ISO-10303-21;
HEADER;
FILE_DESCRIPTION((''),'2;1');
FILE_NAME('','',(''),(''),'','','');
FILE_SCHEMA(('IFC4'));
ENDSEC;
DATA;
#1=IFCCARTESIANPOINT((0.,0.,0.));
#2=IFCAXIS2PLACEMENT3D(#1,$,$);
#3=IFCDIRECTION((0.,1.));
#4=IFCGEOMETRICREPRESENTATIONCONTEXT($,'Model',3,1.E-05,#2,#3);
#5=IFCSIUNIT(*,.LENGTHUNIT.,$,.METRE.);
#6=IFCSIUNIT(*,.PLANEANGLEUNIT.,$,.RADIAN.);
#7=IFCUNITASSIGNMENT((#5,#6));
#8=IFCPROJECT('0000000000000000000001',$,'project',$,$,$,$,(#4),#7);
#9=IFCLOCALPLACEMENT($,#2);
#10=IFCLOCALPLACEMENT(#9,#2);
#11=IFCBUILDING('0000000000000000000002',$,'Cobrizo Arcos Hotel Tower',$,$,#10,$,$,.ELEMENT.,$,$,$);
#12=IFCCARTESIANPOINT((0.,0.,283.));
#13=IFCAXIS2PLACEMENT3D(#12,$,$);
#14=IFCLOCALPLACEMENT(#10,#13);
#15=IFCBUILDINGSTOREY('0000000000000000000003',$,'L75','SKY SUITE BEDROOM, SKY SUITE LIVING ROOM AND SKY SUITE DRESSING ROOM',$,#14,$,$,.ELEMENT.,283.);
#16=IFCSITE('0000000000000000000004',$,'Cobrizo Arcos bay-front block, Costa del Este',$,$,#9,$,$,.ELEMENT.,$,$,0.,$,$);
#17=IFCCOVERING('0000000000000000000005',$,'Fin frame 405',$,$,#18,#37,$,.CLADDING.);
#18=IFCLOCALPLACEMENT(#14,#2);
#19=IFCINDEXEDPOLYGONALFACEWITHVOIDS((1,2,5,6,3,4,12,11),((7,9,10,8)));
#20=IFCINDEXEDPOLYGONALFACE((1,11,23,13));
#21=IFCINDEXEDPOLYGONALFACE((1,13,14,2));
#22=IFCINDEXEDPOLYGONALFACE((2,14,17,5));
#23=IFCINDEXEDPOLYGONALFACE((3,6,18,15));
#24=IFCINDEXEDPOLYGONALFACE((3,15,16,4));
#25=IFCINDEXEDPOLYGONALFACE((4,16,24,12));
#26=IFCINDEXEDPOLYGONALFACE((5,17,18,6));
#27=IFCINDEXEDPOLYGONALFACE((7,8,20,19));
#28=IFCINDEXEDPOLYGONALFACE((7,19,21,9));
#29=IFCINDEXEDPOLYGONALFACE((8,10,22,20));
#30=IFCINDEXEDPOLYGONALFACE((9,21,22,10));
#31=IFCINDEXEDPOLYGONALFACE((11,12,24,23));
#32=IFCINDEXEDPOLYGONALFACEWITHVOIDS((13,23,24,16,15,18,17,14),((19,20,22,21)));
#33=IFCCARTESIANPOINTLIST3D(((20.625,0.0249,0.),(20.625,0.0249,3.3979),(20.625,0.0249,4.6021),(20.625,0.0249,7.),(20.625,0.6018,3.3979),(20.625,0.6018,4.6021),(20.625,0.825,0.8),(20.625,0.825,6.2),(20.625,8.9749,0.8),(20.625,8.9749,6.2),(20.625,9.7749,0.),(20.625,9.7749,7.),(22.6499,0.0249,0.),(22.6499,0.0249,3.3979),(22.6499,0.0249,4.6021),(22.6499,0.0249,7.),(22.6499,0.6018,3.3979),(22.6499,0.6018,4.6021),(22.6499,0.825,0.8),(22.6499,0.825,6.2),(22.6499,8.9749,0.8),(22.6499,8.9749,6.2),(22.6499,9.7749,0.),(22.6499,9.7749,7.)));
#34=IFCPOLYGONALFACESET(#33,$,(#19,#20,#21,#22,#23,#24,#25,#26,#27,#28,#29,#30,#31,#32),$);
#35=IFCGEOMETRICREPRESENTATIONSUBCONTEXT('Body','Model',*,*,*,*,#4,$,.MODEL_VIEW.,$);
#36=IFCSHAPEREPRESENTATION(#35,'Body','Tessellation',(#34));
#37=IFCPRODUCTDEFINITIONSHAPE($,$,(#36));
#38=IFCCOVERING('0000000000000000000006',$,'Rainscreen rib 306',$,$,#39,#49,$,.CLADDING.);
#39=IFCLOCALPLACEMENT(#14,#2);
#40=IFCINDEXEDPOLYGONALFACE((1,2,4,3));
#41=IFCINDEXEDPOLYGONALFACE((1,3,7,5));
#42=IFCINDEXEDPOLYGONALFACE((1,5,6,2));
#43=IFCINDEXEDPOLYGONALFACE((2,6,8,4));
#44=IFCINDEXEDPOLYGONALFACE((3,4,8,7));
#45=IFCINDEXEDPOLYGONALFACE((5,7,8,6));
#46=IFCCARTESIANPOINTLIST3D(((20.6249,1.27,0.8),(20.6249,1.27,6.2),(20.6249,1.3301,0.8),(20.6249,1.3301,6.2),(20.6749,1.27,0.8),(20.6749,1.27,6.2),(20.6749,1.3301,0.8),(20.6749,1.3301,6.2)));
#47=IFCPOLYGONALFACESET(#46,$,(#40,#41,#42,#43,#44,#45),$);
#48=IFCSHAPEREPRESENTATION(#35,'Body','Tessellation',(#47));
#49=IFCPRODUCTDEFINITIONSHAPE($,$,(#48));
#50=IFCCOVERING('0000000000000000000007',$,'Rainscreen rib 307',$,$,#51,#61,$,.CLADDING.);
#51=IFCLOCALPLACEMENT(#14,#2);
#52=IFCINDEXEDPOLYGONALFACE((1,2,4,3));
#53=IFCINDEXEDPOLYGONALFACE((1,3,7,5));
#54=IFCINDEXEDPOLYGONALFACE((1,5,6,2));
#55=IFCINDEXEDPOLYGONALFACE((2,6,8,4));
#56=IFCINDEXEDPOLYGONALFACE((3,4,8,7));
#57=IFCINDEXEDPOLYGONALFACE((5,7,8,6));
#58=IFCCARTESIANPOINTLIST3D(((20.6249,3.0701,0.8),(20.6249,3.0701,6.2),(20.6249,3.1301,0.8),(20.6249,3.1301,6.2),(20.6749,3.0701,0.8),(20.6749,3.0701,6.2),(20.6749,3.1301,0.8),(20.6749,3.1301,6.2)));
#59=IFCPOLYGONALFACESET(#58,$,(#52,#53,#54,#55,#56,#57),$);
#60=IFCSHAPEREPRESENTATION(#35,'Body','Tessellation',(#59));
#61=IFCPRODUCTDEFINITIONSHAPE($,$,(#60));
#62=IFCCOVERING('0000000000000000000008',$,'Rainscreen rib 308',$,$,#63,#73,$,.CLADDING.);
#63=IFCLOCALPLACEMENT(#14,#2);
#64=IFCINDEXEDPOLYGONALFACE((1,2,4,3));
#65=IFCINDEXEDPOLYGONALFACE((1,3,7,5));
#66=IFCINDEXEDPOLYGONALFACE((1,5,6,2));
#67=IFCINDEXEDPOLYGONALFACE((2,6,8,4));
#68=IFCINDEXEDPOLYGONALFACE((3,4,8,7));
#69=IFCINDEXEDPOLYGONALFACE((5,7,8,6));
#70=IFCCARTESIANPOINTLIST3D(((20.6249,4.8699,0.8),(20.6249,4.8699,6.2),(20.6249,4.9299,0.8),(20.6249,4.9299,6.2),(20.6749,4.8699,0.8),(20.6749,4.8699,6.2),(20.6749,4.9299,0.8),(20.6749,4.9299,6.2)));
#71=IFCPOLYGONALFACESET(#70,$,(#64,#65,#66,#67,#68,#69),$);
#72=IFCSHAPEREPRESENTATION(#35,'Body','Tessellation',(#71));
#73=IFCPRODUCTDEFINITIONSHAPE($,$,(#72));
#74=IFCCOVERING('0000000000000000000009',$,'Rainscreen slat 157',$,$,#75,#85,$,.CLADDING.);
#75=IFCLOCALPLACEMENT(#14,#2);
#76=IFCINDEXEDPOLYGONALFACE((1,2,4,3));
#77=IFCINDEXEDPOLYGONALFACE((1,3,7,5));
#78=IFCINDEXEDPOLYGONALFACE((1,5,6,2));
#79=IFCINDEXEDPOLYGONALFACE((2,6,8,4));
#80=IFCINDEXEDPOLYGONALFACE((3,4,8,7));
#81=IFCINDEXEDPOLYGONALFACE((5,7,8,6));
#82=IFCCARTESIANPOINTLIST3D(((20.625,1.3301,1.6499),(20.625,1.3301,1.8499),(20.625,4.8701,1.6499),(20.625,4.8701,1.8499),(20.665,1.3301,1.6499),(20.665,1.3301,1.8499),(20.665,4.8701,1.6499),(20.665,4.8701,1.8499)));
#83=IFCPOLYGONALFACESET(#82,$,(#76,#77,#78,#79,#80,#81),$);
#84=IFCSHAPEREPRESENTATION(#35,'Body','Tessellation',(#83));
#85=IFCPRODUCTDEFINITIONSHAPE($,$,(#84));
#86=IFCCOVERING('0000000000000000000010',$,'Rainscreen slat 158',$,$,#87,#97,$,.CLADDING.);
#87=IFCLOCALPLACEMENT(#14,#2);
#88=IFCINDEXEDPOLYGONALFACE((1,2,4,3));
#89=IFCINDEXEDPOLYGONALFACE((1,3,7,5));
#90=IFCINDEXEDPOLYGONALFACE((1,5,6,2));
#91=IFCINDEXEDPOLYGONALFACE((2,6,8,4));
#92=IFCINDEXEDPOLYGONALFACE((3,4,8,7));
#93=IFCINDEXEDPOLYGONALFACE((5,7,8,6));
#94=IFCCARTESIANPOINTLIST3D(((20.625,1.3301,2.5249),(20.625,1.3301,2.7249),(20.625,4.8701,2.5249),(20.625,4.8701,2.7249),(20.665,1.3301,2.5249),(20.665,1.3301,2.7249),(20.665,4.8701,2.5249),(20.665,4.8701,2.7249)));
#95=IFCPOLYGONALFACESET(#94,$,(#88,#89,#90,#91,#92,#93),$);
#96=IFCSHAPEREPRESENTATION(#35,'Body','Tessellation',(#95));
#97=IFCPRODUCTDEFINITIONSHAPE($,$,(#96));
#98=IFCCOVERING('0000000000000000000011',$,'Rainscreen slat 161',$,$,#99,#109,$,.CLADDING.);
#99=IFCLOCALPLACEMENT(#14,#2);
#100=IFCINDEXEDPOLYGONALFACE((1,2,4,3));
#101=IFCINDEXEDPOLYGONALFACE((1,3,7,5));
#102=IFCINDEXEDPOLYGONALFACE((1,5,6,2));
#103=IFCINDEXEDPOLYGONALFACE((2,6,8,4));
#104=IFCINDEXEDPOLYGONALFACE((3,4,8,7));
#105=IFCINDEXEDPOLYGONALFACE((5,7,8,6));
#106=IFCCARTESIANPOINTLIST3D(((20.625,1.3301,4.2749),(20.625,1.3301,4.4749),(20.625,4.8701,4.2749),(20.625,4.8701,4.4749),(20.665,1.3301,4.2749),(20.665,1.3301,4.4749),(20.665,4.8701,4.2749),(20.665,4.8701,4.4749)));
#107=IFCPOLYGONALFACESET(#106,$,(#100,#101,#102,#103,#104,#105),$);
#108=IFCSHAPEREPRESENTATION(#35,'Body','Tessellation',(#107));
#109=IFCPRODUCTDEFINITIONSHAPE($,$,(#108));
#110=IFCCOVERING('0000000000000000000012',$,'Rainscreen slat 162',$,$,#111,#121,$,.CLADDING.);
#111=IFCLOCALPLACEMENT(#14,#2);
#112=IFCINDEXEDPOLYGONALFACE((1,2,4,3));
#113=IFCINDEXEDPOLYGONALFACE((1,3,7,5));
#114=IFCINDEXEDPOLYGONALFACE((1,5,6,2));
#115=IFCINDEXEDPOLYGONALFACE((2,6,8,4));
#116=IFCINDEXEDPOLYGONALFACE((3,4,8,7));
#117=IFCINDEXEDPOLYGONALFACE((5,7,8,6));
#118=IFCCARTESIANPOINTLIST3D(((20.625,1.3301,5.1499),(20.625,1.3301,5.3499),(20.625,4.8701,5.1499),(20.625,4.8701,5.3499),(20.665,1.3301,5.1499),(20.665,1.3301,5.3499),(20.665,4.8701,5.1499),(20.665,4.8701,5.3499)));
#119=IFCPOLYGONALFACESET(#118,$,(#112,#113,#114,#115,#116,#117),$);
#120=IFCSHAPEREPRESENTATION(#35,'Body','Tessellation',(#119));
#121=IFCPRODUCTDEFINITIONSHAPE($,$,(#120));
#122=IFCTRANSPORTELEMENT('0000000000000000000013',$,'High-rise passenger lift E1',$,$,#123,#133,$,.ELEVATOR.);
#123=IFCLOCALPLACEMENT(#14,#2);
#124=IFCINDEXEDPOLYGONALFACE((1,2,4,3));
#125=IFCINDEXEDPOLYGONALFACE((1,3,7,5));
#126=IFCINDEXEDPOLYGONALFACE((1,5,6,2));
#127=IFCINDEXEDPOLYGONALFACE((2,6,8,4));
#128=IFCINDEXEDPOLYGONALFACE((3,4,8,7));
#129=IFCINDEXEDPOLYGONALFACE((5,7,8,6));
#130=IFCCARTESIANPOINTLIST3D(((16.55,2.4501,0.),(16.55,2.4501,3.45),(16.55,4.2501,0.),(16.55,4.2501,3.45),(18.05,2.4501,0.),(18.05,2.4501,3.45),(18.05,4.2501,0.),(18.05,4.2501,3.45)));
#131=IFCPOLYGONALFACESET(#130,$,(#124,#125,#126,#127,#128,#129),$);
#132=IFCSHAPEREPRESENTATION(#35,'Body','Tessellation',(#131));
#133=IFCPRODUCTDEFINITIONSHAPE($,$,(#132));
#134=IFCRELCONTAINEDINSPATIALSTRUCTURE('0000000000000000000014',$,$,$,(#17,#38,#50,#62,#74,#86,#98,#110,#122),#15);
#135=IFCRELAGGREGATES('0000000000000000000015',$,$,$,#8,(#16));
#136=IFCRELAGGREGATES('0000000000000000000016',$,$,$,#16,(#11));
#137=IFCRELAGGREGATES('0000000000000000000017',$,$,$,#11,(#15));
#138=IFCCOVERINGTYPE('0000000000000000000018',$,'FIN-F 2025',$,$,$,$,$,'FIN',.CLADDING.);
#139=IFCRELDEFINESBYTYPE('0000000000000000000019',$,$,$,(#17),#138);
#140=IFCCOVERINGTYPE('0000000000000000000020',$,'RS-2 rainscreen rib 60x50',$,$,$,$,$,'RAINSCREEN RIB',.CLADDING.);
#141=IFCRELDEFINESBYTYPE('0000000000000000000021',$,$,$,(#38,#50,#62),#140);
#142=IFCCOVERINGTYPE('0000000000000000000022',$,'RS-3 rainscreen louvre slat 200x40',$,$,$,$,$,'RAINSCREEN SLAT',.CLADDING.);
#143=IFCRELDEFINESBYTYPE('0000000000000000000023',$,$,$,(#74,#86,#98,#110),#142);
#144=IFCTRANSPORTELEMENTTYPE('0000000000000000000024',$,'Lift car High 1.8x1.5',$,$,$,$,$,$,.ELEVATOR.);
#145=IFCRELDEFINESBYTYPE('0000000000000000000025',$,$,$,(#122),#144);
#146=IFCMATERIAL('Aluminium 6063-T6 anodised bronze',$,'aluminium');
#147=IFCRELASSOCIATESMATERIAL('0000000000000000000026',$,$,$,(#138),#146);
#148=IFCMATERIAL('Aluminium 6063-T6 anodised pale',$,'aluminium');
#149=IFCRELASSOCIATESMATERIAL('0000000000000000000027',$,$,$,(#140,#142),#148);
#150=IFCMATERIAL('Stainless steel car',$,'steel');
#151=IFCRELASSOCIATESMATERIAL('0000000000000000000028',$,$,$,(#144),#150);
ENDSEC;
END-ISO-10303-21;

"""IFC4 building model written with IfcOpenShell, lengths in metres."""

from ifc_helpers import new_model, si_unit, direction, frame, origin, origin_2d, place, context, subcontext, project, spatial, polyline, rectangle, outline, extrude, material, type_object, element, save


model = new_model("IFC4")

# Units and contexts
model_context = context("Model", 3, precision=1e-05, world=origin(), true_north=direction((0.0, 1.0)))
body_context = subcontext(model_context, "Body", "Model", "MODEL_VIEW")
ifc_project = project(units=[si_unit("LENGTHUNIT", "METRE"), si_unit("PLANEANGLEUNIT", "RADIAN")], contexts=[model_context])

# Site, building, storey
site_placement = place(None, origin())
site = spatial("IfcSite", under=ifc_project, at=site_placement, Name="Cobrizo Arcos bay-front block, Costa del Este", CompositionType="ELEMENT", RefElevation=0.0)
building_placement = place(site_placement, origin())
building = spatial("IfcBuilding", under=site, at=building_placement, Name="Cobrizo Arcos Hotel Tower", CompositionType="ELEMENT")
storey_placement = place(building_placement, frame((0.0, 0.0, 283.0)))
storey = spatial("IfcBuildingStorey", under=building, at=storey_placement, Name="L75", Description="SKY SUITE BEDROOM, SKY SUITE LIVING ROOM AND SKY SUITE DRESSING ROOM", CompositionType="ELEMENT", Elevation=283.0)

# Coverings
ifc_material_1 = material(Name="Aluminium 6063-T6 anodised bronze", Category="aluminium")
covering_type_1 = type_object("IfcCoveringType", Name="FIN-F 2025", ElementType="FIN", PredefinedType="CLADDING", material=ifc_material_1)
covering_placement = place(storey_placement, frame((20.625, 0.0249, 0.0), z_axis=(1.0, 0.0, 0.0), x_axis=(0.0, 1.0, 0.0)))
element("IfcCovering", 1, at=covering_placement, inside=storey, type_object=covering_type_1, Name="Fin frame 405", PredefinedType="CLADDING", context=body_context, shape_type="SweptSolid", body=[
    extrude(outline(polyline([(0.0, 7.0), (0.0, 4.6021), (0.5769, 4.6021), (0.5769, 3.3979), (0.0, 3.3979), (0.0, 0.0), (9.75, 0.0), (9.75, 7.0), (0.0, 7.0)]), holes=[polyline([(8.95, 0.8), (0.8, 0.8), (0.8, 6.2), (8.95, 6.2), (8.95, 0.8)])]), origin(), (0.0, 0.0, 1.0), 2.0249),
])
ifc_material_2 = material(Name="Aluminium 6063-T6 anodised pale", Category="aluminium")
covering_type_2 = type_object("IfcCoveringType", Name="RS-2 rainscreen rib 60x50", ElementType="RAINSCREEN RIB", PredefinedType="CLADDING", material=ifc_material_2)
for number, where, z_axis, x_axis, name in (
    (2, (20.6499, 1.3, 0.8), (0.0, 0.0, 1.0), (0.0, 1.0, 0.0), "Rainscreen rib 306"),
    (3, (20.6499, 3.1001, 0.8), (0.0, 0.0, 1.0), (0.0, 1.0, 0.0), "Rainscreen rib 307"),
    (4, (20.6499, 4.8999, 0.8), (0.0, 0.0, 1.0), (0.0, 1.0, 0.0), "Rainscreen rib 308"),
):
    element("IfcCovering", number, at=place(storey_placement, frame(where, z_axis=z_axis, x_axis=x_axis)), inside=storey, type_object=covering_type_2, Name=name, PredefinedType="CLADDING", context=body_context, shape_type="SweptSolid", body=[
        extrude(rectangle(XDim=0.0601, YDim=0.05, at=origin_2d()), origin(), (0.0, 0.0, 1.0), 5.3999),
    ])
covering_type_3 = type_object("IfcCoveringType", Name="RS-3 rainscreen louvre slat 200x40", ElementType="RAINSCREEN SLAT", PredefinedType="CLADDING", material=ifc_material_2)
for number, where, z_axis, x_axis, name in (
    (5, (20.645, 3.1001, 1.6499), (0.0, 0.0, 1.0), (0.0, 1.0, 0.0), "Rainscreen slat 157"),
    (6, (20.645, 3.1001, 2.5249), (0.0, 0.0, 1.0), (0.0, 1.0, 0.0), "Rainscreen slat 158"),
    (7, (20.645, 3.1001, 4.2749), (0.0, 0.0, 1.0), (0.0, 1.0, 0.0), "Rainscreen slat 161"),
    (8, (20.645, 3.1001, 5.1499), (0.0, 0.0, 1.0), (0.0, 1.0, 0.0), "Rainscreen slat 162"),
):
    element("IfcCovering", number, at=place(storey_placement, frame(where, z_axis=z_axis, x_axis=x_axis)), inside=storey, type_object=covering_type_3, Name=name, PredefinedType="CLADDING", context=body_context, shape_type="SweptSolid", body=[
        extrude(rectangle(XDim=3.54, YDim=0.04, at=origin_2d()), origin(), (0.0, 0.0, 1.0), 0.2),
    ])

# Transport element
ifc_material_3 = material(Name="Stainless steel car", Category="steel")
transport_element_type = type_object("IfcTransportElementType", Name="Lift car High 1.8x1.5", PredefinedType="ELEVATOR", material=ifc_material_3)
transport_element_placement = place(storey_placement, frame((17.3, 3.3501, 0.0), z_axis=(0.0, 0.0, 1.0), x_axis=(1.0, 0.0, 0.0)))
element("IfcTransportElement", 9, at=transport_element_placement, inside=storey, type_object=transport_element_type, Name="High-rise passenger lift E1", PredefinedType="ELEVATOR", context=body_context, shape_type="SweptSolid", body=[
    extrude(rectangle(XDim=1.5, YDim=1.8, at=origin_2d()), origin(), (0.0, 0.0, 1.0), 3.45),
])

save(model, "model.ifc")
